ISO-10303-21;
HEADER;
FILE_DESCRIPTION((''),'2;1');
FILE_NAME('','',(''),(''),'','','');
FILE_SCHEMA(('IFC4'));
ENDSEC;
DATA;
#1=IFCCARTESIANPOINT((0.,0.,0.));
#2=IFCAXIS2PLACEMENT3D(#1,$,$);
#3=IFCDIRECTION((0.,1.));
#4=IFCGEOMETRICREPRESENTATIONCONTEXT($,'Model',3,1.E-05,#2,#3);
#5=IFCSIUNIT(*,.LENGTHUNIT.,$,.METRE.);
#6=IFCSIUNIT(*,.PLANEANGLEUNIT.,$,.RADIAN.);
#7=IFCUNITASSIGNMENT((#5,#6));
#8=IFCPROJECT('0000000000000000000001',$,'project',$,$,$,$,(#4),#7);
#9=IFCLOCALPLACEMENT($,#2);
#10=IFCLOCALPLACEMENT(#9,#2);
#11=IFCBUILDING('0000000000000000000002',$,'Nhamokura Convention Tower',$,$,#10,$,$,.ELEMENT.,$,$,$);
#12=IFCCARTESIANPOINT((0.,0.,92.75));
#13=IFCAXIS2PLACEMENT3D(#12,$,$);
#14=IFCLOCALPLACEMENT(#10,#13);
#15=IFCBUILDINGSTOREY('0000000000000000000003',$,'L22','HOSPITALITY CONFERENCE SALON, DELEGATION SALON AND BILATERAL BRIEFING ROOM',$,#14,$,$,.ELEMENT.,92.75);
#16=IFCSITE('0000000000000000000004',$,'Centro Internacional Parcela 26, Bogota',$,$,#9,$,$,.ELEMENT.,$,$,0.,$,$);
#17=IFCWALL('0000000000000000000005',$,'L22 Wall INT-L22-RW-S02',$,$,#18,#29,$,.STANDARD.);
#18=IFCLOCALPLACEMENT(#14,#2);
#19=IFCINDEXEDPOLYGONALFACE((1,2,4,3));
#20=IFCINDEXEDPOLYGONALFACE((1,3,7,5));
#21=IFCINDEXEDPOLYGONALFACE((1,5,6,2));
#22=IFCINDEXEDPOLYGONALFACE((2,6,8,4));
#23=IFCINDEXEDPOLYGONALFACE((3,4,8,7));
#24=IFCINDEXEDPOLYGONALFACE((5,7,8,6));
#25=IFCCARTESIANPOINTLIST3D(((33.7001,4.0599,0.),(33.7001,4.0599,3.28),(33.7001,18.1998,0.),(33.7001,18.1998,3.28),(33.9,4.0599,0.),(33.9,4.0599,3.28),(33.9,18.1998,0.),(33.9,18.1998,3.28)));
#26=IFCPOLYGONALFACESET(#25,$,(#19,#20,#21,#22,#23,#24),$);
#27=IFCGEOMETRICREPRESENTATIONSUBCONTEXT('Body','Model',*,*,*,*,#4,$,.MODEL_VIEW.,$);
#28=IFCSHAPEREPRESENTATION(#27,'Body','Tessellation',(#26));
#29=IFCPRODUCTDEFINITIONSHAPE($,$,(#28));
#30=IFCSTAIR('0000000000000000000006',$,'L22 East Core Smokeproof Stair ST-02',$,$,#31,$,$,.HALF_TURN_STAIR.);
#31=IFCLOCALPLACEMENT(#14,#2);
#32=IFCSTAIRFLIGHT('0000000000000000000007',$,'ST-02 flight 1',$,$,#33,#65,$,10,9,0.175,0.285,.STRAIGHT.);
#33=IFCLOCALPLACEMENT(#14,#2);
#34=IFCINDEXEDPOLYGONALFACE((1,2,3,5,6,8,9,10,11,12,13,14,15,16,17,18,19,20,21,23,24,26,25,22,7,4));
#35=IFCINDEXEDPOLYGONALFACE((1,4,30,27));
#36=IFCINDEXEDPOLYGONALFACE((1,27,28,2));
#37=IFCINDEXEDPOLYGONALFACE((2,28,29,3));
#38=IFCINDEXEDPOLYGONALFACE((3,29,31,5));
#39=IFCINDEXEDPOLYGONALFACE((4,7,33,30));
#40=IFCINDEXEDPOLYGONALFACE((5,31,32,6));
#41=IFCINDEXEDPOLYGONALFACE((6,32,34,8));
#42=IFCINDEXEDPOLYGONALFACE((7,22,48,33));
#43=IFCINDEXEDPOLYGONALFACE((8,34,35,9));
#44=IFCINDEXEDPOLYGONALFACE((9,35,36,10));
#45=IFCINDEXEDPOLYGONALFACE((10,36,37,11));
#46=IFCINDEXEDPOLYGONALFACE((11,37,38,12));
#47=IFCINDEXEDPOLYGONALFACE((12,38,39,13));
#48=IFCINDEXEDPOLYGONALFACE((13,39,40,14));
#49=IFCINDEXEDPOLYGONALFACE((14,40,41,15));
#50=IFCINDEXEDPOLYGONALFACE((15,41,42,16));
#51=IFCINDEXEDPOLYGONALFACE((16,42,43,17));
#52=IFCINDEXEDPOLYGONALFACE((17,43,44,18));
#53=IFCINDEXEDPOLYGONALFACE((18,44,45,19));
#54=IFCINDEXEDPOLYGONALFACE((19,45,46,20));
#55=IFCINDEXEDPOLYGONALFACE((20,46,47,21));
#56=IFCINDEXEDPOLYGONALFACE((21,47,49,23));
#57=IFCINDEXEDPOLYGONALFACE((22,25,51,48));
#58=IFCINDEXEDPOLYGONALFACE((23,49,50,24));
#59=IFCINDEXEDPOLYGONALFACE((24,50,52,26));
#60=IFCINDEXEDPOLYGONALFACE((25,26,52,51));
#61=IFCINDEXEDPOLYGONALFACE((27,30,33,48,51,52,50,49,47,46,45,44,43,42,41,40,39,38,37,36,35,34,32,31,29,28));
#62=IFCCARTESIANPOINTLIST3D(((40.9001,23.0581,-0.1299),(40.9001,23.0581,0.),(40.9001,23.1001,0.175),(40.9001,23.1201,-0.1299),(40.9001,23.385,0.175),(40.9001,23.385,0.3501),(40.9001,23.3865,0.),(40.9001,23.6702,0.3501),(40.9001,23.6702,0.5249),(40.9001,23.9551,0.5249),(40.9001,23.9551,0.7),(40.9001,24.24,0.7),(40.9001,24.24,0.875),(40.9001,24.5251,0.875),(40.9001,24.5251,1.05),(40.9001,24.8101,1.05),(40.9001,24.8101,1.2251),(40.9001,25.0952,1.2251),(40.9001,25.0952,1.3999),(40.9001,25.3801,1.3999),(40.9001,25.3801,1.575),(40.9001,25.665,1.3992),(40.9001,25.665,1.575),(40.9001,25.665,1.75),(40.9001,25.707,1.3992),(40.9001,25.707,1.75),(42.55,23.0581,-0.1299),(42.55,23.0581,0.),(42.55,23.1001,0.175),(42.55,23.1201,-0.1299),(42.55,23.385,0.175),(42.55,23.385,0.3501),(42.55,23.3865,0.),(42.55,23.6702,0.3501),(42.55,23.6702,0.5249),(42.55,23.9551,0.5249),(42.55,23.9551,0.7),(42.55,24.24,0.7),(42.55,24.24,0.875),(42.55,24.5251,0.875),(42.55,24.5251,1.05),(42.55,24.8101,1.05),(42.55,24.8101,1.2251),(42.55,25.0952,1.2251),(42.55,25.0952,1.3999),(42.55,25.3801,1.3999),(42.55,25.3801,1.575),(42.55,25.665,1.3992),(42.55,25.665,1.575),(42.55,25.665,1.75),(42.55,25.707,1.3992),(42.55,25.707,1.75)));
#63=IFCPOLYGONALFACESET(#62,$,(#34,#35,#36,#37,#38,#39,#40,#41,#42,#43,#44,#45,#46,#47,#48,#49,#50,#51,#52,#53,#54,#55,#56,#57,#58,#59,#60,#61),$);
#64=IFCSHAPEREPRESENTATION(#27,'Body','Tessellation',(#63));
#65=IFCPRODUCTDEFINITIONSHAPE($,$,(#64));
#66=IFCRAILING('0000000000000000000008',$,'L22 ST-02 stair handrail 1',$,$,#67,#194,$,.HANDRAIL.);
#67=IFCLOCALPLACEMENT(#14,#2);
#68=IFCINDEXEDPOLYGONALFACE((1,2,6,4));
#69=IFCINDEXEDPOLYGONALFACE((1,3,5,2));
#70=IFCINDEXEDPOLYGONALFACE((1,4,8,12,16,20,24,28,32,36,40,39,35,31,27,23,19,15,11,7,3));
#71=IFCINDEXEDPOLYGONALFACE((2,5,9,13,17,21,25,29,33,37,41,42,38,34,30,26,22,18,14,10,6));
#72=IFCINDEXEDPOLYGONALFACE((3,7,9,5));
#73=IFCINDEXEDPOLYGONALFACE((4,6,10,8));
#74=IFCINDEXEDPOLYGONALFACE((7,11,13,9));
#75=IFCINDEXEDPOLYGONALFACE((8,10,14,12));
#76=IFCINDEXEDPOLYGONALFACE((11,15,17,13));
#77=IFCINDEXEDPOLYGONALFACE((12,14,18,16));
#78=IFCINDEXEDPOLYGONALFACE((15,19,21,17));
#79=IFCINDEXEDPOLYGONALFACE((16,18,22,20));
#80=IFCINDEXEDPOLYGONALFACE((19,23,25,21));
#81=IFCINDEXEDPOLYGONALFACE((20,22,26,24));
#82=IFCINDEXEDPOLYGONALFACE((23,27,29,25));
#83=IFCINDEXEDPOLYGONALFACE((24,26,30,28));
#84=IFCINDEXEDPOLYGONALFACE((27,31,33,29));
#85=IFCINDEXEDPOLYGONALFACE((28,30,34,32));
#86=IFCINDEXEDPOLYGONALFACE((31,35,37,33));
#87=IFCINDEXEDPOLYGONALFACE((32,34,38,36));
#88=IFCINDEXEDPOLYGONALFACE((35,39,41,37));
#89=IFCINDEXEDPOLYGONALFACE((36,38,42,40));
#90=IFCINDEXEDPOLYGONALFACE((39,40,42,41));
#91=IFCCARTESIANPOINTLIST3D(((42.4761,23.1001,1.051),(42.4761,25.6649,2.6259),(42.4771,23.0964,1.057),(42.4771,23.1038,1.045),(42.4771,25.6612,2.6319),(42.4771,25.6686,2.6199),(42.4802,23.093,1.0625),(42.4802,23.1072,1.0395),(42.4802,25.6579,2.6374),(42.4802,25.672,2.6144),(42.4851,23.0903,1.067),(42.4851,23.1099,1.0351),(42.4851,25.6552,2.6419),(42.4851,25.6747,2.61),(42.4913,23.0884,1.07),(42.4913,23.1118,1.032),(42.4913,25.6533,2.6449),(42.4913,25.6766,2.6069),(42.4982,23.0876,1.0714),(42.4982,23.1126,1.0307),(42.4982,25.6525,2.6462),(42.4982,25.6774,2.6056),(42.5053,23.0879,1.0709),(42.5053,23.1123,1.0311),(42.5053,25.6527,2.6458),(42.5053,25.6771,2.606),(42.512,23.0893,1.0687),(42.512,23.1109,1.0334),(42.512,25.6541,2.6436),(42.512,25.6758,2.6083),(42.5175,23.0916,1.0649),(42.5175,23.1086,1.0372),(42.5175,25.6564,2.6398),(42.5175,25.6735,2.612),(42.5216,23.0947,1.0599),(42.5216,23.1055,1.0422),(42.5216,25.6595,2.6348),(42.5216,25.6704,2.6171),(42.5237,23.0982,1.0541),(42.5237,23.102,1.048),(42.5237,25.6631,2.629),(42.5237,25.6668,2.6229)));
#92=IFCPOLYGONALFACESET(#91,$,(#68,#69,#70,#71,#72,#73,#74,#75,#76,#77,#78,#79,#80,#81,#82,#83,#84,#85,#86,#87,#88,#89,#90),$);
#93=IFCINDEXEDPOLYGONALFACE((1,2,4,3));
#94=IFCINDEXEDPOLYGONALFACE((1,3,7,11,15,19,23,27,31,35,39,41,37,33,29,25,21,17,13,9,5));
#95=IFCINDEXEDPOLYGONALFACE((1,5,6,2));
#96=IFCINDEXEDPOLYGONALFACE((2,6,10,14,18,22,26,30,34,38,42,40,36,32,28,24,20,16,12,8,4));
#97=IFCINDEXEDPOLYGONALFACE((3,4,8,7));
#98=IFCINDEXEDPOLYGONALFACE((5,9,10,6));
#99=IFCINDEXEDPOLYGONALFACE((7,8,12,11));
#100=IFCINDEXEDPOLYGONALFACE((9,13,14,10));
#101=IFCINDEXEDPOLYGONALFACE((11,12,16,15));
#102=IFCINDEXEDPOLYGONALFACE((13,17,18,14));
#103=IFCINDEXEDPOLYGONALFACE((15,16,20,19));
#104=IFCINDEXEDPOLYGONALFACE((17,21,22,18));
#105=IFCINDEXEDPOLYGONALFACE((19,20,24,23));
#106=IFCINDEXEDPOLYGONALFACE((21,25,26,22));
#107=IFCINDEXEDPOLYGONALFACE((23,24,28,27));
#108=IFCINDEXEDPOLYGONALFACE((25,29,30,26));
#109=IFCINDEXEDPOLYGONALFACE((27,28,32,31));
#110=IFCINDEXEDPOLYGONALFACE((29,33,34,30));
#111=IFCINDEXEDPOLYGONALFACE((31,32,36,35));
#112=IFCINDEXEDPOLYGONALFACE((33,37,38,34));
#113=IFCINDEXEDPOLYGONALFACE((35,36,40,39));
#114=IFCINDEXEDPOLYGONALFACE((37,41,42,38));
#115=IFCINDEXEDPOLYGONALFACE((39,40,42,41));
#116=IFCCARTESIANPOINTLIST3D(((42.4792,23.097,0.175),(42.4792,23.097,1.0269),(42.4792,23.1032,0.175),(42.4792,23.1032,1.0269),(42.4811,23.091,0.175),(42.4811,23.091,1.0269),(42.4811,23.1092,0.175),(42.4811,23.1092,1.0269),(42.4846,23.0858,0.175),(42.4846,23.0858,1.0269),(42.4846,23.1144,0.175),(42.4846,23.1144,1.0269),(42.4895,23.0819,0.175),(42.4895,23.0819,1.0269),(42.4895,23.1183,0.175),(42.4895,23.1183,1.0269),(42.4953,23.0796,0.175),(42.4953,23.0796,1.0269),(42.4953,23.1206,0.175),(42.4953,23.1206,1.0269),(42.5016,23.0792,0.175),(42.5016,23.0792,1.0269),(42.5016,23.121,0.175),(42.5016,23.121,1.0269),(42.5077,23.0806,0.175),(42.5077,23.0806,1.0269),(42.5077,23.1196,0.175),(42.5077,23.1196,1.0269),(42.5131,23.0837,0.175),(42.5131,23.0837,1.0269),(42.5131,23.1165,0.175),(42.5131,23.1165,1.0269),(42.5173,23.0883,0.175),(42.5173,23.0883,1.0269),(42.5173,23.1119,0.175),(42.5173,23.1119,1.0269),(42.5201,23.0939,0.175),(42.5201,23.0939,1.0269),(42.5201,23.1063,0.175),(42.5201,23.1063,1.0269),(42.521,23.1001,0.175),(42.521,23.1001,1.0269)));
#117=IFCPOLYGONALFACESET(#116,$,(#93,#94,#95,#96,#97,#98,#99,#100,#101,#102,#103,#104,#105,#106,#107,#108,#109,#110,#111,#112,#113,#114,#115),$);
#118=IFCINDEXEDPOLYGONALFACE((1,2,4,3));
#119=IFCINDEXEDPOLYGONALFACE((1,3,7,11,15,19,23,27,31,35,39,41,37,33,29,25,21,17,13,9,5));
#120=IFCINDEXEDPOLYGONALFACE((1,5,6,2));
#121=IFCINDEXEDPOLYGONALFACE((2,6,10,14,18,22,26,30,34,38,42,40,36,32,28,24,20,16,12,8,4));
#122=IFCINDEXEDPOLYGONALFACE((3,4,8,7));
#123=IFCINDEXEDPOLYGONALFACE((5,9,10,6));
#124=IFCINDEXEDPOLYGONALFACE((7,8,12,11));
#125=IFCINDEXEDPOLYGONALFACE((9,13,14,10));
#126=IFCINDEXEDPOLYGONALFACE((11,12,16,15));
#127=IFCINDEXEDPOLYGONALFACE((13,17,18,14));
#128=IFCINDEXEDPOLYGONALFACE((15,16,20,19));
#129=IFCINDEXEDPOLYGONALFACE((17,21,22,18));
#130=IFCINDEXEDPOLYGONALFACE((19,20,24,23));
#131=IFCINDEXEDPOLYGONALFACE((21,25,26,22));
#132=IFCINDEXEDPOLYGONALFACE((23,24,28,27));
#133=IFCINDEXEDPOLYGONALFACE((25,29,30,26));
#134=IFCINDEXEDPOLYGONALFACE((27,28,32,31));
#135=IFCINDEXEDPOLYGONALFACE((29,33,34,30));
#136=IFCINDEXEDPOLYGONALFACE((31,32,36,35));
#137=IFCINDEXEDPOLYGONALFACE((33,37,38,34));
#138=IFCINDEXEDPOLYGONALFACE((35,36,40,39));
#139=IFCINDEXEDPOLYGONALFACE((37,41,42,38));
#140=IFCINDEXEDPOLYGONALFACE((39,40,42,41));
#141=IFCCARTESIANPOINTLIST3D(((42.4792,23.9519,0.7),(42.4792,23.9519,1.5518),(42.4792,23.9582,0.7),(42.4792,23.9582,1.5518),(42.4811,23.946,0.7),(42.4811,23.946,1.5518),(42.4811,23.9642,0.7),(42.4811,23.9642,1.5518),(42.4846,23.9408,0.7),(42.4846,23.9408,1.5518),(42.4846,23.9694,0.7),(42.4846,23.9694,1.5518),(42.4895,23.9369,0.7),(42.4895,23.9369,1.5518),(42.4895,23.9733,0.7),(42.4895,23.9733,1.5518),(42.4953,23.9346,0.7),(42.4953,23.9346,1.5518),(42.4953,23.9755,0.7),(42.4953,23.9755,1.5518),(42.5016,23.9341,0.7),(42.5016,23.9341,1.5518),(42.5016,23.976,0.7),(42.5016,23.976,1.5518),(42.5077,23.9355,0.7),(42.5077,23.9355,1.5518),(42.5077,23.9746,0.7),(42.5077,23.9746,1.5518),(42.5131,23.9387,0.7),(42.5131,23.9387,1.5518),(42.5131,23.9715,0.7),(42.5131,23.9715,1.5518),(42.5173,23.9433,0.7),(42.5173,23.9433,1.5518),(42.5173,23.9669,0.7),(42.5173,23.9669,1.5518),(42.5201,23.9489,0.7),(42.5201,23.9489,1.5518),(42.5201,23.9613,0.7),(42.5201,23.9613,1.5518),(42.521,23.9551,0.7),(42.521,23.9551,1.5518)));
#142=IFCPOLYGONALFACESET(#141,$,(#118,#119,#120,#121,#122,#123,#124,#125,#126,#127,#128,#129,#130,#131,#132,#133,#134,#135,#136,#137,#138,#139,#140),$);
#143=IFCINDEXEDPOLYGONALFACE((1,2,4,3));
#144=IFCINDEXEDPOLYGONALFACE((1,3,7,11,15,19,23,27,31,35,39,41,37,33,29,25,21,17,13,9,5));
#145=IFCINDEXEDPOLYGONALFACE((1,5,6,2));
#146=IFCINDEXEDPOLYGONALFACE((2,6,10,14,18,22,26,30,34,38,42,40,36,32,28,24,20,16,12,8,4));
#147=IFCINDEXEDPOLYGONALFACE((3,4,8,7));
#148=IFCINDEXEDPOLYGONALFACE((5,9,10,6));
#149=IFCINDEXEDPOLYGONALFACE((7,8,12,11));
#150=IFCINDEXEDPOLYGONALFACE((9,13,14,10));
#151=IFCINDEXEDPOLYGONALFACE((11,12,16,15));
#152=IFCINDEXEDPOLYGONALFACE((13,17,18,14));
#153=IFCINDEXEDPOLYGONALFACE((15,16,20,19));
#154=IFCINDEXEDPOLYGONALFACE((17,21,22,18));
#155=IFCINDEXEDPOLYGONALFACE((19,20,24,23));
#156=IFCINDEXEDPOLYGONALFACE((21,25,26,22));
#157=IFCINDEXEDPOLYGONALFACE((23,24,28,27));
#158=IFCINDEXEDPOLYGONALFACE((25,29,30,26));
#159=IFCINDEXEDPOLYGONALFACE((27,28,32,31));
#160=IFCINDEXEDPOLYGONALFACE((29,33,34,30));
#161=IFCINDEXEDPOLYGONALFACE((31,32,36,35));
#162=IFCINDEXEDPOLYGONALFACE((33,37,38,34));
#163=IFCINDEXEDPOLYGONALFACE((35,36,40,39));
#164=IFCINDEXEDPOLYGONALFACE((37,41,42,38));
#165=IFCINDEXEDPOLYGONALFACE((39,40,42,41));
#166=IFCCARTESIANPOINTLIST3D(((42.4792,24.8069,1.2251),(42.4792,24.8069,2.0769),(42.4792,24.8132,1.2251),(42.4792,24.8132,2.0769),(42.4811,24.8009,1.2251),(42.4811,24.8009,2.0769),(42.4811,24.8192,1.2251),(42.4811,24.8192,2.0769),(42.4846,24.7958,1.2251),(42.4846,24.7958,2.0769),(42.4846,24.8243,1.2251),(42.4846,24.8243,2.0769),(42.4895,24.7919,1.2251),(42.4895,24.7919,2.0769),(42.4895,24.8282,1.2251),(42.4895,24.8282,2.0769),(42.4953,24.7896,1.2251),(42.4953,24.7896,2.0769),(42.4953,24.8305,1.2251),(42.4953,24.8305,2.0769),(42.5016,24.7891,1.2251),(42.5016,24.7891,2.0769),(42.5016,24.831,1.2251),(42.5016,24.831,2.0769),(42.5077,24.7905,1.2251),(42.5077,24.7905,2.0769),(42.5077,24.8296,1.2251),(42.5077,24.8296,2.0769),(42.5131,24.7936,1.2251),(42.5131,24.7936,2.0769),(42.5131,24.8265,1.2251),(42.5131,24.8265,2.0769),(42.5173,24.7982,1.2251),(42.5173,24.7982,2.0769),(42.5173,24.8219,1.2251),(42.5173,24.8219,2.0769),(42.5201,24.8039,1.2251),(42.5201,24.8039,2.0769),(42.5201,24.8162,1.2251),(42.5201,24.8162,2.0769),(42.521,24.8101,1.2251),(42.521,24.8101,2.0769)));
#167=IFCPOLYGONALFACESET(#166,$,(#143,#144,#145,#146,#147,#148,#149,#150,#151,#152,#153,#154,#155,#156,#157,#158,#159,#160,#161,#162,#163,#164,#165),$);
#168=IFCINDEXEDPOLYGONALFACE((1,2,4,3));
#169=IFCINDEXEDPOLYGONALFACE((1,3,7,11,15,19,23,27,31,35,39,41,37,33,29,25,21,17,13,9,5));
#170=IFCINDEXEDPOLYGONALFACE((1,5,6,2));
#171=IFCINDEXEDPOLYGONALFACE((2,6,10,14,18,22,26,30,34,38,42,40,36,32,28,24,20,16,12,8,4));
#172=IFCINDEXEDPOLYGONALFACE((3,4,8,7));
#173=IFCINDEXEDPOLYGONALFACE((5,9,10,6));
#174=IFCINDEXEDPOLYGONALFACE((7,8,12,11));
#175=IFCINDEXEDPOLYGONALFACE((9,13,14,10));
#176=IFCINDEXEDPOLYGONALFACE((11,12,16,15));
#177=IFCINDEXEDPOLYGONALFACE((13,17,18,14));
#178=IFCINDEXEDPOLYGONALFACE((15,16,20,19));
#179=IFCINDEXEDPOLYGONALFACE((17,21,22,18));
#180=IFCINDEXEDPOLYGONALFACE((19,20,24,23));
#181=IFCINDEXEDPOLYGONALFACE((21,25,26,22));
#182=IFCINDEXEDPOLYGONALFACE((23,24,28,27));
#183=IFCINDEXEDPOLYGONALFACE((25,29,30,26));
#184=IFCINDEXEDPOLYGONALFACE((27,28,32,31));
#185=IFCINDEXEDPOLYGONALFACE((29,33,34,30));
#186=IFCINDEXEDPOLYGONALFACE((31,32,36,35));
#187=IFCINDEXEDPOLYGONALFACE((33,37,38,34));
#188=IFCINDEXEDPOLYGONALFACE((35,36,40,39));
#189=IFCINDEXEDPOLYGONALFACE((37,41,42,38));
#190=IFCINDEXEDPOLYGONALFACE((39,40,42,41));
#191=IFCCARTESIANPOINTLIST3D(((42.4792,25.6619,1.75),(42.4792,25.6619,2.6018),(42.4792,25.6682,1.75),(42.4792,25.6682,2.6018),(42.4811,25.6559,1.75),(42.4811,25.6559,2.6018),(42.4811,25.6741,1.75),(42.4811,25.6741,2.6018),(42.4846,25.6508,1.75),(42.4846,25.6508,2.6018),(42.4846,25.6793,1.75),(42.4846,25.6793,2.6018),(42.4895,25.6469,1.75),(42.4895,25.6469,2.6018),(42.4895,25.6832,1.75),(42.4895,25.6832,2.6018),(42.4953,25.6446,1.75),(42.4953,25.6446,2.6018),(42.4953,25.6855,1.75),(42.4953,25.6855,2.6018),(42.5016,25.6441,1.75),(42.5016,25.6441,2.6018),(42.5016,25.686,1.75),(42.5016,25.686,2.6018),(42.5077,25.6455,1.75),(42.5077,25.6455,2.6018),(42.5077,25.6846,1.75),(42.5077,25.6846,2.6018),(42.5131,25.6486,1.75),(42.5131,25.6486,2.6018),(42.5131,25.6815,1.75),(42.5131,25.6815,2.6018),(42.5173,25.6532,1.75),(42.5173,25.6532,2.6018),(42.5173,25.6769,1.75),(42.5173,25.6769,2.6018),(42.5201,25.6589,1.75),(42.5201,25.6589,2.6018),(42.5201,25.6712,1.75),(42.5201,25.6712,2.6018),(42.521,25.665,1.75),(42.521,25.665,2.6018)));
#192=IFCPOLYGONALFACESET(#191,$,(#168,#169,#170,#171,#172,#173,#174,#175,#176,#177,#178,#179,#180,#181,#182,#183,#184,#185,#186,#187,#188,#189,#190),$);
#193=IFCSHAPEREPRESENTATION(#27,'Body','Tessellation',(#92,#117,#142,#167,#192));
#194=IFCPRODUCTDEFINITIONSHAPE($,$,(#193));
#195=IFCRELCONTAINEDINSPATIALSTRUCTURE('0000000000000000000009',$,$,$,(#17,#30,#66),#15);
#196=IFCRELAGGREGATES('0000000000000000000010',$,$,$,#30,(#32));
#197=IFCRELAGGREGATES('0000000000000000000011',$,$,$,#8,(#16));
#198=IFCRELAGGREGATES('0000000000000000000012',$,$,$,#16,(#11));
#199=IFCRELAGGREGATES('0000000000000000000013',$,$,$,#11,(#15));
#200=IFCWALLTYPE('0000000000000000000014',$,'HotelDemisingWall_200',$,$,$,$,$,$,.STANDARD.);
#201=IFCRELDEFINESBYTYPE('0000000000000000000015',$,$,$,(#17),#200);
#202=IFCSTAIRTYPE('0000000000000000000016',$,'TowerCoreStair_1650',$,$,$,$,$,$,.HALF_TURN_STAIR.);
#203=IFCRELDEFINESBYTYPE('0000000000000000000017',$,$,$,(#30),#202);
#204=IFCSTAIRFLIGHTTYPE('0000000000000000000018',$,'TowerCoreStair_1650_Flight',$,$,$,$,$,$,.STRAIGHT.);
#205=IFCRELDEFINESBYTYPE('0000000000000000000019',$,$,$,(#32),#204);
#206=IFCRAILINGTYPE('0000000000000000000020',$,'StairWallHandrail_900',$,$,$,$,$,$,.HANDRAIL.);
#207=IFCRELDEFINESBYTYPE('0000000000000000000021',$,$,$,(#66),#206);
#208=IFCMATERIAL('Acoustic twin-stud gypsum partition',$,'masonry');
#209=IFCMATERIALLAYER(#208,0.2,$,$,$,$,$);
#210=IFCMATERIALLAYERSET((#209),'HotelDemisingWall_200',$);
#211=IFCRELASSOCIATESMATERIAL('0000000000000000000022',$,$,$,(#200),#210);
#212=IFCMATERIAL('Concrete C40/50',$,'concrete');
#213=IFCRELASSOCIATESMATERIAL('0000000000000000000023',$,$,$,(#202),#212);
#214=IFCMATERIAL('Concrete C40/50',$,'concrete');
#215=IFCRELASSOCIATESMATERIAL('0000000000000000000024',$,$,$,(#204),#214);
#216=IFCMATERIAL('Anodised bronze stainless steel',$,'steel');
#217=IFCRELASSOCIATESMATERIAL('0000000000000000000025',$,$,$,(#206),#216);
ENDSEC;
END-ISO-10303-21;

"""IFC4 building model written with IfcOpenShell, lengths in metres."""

from ifc_helpers import new_model, si_unit, direction, frame, frame_2d, origin, origin_2d, place, context, subcontext, project, spatial, polyline, rectangle, circle, outline, extrude, material, layer, layer_set, type_object, element, aggregate, save


model = new_model("IFC4")

# Units and contexts
model_context = context("Model", 3, precision=1e-05, world=origin(), true_north=direction((0.0, 1.0)))
body_context = subcontext(model_context, "Body", "Model", "MODEL_VIEW")
ifc_project = project(units=[si_unit("LENGTHUNIT", "METRE"), si_unit("PLANEANGLEUNIT", "RADIAN")], contexts=[model_context])

# Site, building, storey
site_placement = place(None, origin())
site = spatial("IfcSite", under=ifc_project, at=site_placement, Name="Centro Internacional Parcela 26, Bogota", CompositionType="ELEMENT", RefElevation=0.0)
building_placement = place(site_placement, origin())
building = spatial("IfcBuilding", under=site, at=building_placement, Name="Nhamokura Convention Tower", CompositionType="ELEMENT")
storey_placement = place(building_placement, frame((0.0, 0.0, 92.75)))
storey = spatial("IfcBuildingStorey", under=building, at=storey_placement, Name="L22", Description="HOSPITALITY CONFERENCE SALON, DELEGATION SALON AND BILATERAL BRIEFING ROOM", CompositionType="ELEMENT", Elevation=92.75)

# Wall
ifc_material_1 = material(Name="Acoustic twin-stud gypsum partition", Category="masonry")
ifc_layer_1 = layer(ifc_material_1, 0.2)
ifc_layer_set_1 = layer_set([ifc_layer_1], Name="HotelDemisingWall_200")
wall_type_1 = type_object("IfcWallType", Name="HotelDemisingWall_200", PredefinedType="STANDARD", material=ifc_layer_set_1)
wall_1_placement = place(storey_placement, frame((33.8, 4.0601, 0.0), z_axis=(0.0, 0.0, 1.0), x_axis=(0.0, 1.0, 0.0)))
element("IfcWall", 1, at=wall_1_placement, inside=storey, type_object=wall_type_1, Name="L22 Wall INT-L22-RW-S02", PredefinedType="STANDARD", context=body_context, shape_type="SweptSolid", body=[
    extrude(rectangle(XDim=14.1399, YDim=0.2, at=frame_2d((7.0698, 0.0))), origin(), (0.0, 0.0, 1.0), 3.28),
])

# Stair, stair flight
ifc_material_2 = material(Name="Concrete C40/50", Category="concrete")
stair_type = type_object("IfcStairType", Name="TowerCoreStair_1650", PredefinedType="HALF_TURN_STAIR", material=ifc_material_2)
stair_placement = place(storey_placement, origin())
stair = element("IfcStair", 2, at=stair_placement, inside=storey, type_object=stair_type, Name="L22 East Core Smokeproof Stair ST-02", PredefinedType="HALF_TURN_STAIR")
ifc_material_3 = material(Name="Concrete C40/50", Category="concrete")
stair_flight_type = type_object("IfcStairFlightType", Name="TowerCoreStair_1650_Flight", PredefinedType="STRAIGHT", material=ifc_material_3)
stair_flight_placement = place(storey_placement, frame((41.7251, 23.1001, 0.0), z_axis=(0.0, 0.0, 1.0), x_axis=(0.0, 1.0, 0.0)))
stair_flight = element("IfcStairFlight", 3, at=stair_flight_placement, type_object=stair_flight_type, Name="ST-02 flight 1", NumberOfRisers=10, NumberOfTreads=9, PredefinedType="STRAIGHT", RiserHeight=0.175, TreadLength=0.285, context=body_context, shape_type="SweptSolid", body=[
    extrude(outline(polyline([(-0.042, 0.0), (0.0, 0.175), (0.2849, 0.175), (0.2849, 0.3501), (0.5701, 0.3501), (0.5701, 0.5249), (0.855, 0.5249), (0.855, 0.7), (1.1399, 0.7), (1.1399, 0.875), (1.425, 0.875), (1.425, 1.05), (1.71, 1.05), (1.71, 1.2251), (1.9951, 1.2251), (1.9951, 1.3999), (2.28, 1.3999), (2.28, 1.575), (2.5649, 1.575), (2.5649, 1.75), (2.6069, 1.75), (2.6069, 1.3992), (2.5649, 1.3992), (0.2864, 0.0), (0.02, -0.1299), (-0.042, -0.1299), (-0.042, 0.0)])), frame((0.0, 0.825, 0.0), z_axis=(0.0, -1.0, 0.0), x_axis=(1.0, 0.0, 0.0)), (0.0, 0.0, 1.0), 1.6499),
])
aggregate(stair, [stair_flight])

# Railing
ifc_material_4 = material(Name="Anodised bronze stainless steel", Category="steel")
railing_type_1 = type_object("IfcRailingType", Name="StairWallHandrail_900", PredefinedType="HANDRAIL", material=ifc_material_4)
railing_1_placement = place(storey_placement, frame((42.5, 23.1001, 0.175)))
element("IfcRailing", 4, at=railing_1_placement, inside=storey, type_object=railing_type_1, Name="L22 ST-02 stair handrail 1", PredefinedType="HANDRAIL", context=body_context, shape_type="SweptSolid", body=[
    extrude(circle(Radius=0.0239, at=origin_2d()), frame((0.0, 0.0, 0.876), z_axis=(0.0, 0.852173, 0.52326), x_axis=(-1.0, 0.0, 0.0)), (0.0, 0.0, 1.0), 3.0098),
    extrude(circle(Radius=0.021, at=origin_2d()), origin(), (0.0, 0.0, 1.0), 0.8518),
    extrude(circle(Radius=0.021, at=origin_2d()), frame((0.0, 0.855, 0.5249)), (0.0, 0.0, 1.0), 0.8518),
    extrude(circle(Radius=0.021, at=origin_2d()), frame((0.0, 1.71, 1.05)), (0.0, 0.0, 1.0), 0.8518),
    extrude(circle(Radius=0.021, at=origin_2d()), frame((0.0, 2.5649, 1.575)), (0.0, 0.0, 1.0), 0.8518),
])

save(model, "model.ifc")
